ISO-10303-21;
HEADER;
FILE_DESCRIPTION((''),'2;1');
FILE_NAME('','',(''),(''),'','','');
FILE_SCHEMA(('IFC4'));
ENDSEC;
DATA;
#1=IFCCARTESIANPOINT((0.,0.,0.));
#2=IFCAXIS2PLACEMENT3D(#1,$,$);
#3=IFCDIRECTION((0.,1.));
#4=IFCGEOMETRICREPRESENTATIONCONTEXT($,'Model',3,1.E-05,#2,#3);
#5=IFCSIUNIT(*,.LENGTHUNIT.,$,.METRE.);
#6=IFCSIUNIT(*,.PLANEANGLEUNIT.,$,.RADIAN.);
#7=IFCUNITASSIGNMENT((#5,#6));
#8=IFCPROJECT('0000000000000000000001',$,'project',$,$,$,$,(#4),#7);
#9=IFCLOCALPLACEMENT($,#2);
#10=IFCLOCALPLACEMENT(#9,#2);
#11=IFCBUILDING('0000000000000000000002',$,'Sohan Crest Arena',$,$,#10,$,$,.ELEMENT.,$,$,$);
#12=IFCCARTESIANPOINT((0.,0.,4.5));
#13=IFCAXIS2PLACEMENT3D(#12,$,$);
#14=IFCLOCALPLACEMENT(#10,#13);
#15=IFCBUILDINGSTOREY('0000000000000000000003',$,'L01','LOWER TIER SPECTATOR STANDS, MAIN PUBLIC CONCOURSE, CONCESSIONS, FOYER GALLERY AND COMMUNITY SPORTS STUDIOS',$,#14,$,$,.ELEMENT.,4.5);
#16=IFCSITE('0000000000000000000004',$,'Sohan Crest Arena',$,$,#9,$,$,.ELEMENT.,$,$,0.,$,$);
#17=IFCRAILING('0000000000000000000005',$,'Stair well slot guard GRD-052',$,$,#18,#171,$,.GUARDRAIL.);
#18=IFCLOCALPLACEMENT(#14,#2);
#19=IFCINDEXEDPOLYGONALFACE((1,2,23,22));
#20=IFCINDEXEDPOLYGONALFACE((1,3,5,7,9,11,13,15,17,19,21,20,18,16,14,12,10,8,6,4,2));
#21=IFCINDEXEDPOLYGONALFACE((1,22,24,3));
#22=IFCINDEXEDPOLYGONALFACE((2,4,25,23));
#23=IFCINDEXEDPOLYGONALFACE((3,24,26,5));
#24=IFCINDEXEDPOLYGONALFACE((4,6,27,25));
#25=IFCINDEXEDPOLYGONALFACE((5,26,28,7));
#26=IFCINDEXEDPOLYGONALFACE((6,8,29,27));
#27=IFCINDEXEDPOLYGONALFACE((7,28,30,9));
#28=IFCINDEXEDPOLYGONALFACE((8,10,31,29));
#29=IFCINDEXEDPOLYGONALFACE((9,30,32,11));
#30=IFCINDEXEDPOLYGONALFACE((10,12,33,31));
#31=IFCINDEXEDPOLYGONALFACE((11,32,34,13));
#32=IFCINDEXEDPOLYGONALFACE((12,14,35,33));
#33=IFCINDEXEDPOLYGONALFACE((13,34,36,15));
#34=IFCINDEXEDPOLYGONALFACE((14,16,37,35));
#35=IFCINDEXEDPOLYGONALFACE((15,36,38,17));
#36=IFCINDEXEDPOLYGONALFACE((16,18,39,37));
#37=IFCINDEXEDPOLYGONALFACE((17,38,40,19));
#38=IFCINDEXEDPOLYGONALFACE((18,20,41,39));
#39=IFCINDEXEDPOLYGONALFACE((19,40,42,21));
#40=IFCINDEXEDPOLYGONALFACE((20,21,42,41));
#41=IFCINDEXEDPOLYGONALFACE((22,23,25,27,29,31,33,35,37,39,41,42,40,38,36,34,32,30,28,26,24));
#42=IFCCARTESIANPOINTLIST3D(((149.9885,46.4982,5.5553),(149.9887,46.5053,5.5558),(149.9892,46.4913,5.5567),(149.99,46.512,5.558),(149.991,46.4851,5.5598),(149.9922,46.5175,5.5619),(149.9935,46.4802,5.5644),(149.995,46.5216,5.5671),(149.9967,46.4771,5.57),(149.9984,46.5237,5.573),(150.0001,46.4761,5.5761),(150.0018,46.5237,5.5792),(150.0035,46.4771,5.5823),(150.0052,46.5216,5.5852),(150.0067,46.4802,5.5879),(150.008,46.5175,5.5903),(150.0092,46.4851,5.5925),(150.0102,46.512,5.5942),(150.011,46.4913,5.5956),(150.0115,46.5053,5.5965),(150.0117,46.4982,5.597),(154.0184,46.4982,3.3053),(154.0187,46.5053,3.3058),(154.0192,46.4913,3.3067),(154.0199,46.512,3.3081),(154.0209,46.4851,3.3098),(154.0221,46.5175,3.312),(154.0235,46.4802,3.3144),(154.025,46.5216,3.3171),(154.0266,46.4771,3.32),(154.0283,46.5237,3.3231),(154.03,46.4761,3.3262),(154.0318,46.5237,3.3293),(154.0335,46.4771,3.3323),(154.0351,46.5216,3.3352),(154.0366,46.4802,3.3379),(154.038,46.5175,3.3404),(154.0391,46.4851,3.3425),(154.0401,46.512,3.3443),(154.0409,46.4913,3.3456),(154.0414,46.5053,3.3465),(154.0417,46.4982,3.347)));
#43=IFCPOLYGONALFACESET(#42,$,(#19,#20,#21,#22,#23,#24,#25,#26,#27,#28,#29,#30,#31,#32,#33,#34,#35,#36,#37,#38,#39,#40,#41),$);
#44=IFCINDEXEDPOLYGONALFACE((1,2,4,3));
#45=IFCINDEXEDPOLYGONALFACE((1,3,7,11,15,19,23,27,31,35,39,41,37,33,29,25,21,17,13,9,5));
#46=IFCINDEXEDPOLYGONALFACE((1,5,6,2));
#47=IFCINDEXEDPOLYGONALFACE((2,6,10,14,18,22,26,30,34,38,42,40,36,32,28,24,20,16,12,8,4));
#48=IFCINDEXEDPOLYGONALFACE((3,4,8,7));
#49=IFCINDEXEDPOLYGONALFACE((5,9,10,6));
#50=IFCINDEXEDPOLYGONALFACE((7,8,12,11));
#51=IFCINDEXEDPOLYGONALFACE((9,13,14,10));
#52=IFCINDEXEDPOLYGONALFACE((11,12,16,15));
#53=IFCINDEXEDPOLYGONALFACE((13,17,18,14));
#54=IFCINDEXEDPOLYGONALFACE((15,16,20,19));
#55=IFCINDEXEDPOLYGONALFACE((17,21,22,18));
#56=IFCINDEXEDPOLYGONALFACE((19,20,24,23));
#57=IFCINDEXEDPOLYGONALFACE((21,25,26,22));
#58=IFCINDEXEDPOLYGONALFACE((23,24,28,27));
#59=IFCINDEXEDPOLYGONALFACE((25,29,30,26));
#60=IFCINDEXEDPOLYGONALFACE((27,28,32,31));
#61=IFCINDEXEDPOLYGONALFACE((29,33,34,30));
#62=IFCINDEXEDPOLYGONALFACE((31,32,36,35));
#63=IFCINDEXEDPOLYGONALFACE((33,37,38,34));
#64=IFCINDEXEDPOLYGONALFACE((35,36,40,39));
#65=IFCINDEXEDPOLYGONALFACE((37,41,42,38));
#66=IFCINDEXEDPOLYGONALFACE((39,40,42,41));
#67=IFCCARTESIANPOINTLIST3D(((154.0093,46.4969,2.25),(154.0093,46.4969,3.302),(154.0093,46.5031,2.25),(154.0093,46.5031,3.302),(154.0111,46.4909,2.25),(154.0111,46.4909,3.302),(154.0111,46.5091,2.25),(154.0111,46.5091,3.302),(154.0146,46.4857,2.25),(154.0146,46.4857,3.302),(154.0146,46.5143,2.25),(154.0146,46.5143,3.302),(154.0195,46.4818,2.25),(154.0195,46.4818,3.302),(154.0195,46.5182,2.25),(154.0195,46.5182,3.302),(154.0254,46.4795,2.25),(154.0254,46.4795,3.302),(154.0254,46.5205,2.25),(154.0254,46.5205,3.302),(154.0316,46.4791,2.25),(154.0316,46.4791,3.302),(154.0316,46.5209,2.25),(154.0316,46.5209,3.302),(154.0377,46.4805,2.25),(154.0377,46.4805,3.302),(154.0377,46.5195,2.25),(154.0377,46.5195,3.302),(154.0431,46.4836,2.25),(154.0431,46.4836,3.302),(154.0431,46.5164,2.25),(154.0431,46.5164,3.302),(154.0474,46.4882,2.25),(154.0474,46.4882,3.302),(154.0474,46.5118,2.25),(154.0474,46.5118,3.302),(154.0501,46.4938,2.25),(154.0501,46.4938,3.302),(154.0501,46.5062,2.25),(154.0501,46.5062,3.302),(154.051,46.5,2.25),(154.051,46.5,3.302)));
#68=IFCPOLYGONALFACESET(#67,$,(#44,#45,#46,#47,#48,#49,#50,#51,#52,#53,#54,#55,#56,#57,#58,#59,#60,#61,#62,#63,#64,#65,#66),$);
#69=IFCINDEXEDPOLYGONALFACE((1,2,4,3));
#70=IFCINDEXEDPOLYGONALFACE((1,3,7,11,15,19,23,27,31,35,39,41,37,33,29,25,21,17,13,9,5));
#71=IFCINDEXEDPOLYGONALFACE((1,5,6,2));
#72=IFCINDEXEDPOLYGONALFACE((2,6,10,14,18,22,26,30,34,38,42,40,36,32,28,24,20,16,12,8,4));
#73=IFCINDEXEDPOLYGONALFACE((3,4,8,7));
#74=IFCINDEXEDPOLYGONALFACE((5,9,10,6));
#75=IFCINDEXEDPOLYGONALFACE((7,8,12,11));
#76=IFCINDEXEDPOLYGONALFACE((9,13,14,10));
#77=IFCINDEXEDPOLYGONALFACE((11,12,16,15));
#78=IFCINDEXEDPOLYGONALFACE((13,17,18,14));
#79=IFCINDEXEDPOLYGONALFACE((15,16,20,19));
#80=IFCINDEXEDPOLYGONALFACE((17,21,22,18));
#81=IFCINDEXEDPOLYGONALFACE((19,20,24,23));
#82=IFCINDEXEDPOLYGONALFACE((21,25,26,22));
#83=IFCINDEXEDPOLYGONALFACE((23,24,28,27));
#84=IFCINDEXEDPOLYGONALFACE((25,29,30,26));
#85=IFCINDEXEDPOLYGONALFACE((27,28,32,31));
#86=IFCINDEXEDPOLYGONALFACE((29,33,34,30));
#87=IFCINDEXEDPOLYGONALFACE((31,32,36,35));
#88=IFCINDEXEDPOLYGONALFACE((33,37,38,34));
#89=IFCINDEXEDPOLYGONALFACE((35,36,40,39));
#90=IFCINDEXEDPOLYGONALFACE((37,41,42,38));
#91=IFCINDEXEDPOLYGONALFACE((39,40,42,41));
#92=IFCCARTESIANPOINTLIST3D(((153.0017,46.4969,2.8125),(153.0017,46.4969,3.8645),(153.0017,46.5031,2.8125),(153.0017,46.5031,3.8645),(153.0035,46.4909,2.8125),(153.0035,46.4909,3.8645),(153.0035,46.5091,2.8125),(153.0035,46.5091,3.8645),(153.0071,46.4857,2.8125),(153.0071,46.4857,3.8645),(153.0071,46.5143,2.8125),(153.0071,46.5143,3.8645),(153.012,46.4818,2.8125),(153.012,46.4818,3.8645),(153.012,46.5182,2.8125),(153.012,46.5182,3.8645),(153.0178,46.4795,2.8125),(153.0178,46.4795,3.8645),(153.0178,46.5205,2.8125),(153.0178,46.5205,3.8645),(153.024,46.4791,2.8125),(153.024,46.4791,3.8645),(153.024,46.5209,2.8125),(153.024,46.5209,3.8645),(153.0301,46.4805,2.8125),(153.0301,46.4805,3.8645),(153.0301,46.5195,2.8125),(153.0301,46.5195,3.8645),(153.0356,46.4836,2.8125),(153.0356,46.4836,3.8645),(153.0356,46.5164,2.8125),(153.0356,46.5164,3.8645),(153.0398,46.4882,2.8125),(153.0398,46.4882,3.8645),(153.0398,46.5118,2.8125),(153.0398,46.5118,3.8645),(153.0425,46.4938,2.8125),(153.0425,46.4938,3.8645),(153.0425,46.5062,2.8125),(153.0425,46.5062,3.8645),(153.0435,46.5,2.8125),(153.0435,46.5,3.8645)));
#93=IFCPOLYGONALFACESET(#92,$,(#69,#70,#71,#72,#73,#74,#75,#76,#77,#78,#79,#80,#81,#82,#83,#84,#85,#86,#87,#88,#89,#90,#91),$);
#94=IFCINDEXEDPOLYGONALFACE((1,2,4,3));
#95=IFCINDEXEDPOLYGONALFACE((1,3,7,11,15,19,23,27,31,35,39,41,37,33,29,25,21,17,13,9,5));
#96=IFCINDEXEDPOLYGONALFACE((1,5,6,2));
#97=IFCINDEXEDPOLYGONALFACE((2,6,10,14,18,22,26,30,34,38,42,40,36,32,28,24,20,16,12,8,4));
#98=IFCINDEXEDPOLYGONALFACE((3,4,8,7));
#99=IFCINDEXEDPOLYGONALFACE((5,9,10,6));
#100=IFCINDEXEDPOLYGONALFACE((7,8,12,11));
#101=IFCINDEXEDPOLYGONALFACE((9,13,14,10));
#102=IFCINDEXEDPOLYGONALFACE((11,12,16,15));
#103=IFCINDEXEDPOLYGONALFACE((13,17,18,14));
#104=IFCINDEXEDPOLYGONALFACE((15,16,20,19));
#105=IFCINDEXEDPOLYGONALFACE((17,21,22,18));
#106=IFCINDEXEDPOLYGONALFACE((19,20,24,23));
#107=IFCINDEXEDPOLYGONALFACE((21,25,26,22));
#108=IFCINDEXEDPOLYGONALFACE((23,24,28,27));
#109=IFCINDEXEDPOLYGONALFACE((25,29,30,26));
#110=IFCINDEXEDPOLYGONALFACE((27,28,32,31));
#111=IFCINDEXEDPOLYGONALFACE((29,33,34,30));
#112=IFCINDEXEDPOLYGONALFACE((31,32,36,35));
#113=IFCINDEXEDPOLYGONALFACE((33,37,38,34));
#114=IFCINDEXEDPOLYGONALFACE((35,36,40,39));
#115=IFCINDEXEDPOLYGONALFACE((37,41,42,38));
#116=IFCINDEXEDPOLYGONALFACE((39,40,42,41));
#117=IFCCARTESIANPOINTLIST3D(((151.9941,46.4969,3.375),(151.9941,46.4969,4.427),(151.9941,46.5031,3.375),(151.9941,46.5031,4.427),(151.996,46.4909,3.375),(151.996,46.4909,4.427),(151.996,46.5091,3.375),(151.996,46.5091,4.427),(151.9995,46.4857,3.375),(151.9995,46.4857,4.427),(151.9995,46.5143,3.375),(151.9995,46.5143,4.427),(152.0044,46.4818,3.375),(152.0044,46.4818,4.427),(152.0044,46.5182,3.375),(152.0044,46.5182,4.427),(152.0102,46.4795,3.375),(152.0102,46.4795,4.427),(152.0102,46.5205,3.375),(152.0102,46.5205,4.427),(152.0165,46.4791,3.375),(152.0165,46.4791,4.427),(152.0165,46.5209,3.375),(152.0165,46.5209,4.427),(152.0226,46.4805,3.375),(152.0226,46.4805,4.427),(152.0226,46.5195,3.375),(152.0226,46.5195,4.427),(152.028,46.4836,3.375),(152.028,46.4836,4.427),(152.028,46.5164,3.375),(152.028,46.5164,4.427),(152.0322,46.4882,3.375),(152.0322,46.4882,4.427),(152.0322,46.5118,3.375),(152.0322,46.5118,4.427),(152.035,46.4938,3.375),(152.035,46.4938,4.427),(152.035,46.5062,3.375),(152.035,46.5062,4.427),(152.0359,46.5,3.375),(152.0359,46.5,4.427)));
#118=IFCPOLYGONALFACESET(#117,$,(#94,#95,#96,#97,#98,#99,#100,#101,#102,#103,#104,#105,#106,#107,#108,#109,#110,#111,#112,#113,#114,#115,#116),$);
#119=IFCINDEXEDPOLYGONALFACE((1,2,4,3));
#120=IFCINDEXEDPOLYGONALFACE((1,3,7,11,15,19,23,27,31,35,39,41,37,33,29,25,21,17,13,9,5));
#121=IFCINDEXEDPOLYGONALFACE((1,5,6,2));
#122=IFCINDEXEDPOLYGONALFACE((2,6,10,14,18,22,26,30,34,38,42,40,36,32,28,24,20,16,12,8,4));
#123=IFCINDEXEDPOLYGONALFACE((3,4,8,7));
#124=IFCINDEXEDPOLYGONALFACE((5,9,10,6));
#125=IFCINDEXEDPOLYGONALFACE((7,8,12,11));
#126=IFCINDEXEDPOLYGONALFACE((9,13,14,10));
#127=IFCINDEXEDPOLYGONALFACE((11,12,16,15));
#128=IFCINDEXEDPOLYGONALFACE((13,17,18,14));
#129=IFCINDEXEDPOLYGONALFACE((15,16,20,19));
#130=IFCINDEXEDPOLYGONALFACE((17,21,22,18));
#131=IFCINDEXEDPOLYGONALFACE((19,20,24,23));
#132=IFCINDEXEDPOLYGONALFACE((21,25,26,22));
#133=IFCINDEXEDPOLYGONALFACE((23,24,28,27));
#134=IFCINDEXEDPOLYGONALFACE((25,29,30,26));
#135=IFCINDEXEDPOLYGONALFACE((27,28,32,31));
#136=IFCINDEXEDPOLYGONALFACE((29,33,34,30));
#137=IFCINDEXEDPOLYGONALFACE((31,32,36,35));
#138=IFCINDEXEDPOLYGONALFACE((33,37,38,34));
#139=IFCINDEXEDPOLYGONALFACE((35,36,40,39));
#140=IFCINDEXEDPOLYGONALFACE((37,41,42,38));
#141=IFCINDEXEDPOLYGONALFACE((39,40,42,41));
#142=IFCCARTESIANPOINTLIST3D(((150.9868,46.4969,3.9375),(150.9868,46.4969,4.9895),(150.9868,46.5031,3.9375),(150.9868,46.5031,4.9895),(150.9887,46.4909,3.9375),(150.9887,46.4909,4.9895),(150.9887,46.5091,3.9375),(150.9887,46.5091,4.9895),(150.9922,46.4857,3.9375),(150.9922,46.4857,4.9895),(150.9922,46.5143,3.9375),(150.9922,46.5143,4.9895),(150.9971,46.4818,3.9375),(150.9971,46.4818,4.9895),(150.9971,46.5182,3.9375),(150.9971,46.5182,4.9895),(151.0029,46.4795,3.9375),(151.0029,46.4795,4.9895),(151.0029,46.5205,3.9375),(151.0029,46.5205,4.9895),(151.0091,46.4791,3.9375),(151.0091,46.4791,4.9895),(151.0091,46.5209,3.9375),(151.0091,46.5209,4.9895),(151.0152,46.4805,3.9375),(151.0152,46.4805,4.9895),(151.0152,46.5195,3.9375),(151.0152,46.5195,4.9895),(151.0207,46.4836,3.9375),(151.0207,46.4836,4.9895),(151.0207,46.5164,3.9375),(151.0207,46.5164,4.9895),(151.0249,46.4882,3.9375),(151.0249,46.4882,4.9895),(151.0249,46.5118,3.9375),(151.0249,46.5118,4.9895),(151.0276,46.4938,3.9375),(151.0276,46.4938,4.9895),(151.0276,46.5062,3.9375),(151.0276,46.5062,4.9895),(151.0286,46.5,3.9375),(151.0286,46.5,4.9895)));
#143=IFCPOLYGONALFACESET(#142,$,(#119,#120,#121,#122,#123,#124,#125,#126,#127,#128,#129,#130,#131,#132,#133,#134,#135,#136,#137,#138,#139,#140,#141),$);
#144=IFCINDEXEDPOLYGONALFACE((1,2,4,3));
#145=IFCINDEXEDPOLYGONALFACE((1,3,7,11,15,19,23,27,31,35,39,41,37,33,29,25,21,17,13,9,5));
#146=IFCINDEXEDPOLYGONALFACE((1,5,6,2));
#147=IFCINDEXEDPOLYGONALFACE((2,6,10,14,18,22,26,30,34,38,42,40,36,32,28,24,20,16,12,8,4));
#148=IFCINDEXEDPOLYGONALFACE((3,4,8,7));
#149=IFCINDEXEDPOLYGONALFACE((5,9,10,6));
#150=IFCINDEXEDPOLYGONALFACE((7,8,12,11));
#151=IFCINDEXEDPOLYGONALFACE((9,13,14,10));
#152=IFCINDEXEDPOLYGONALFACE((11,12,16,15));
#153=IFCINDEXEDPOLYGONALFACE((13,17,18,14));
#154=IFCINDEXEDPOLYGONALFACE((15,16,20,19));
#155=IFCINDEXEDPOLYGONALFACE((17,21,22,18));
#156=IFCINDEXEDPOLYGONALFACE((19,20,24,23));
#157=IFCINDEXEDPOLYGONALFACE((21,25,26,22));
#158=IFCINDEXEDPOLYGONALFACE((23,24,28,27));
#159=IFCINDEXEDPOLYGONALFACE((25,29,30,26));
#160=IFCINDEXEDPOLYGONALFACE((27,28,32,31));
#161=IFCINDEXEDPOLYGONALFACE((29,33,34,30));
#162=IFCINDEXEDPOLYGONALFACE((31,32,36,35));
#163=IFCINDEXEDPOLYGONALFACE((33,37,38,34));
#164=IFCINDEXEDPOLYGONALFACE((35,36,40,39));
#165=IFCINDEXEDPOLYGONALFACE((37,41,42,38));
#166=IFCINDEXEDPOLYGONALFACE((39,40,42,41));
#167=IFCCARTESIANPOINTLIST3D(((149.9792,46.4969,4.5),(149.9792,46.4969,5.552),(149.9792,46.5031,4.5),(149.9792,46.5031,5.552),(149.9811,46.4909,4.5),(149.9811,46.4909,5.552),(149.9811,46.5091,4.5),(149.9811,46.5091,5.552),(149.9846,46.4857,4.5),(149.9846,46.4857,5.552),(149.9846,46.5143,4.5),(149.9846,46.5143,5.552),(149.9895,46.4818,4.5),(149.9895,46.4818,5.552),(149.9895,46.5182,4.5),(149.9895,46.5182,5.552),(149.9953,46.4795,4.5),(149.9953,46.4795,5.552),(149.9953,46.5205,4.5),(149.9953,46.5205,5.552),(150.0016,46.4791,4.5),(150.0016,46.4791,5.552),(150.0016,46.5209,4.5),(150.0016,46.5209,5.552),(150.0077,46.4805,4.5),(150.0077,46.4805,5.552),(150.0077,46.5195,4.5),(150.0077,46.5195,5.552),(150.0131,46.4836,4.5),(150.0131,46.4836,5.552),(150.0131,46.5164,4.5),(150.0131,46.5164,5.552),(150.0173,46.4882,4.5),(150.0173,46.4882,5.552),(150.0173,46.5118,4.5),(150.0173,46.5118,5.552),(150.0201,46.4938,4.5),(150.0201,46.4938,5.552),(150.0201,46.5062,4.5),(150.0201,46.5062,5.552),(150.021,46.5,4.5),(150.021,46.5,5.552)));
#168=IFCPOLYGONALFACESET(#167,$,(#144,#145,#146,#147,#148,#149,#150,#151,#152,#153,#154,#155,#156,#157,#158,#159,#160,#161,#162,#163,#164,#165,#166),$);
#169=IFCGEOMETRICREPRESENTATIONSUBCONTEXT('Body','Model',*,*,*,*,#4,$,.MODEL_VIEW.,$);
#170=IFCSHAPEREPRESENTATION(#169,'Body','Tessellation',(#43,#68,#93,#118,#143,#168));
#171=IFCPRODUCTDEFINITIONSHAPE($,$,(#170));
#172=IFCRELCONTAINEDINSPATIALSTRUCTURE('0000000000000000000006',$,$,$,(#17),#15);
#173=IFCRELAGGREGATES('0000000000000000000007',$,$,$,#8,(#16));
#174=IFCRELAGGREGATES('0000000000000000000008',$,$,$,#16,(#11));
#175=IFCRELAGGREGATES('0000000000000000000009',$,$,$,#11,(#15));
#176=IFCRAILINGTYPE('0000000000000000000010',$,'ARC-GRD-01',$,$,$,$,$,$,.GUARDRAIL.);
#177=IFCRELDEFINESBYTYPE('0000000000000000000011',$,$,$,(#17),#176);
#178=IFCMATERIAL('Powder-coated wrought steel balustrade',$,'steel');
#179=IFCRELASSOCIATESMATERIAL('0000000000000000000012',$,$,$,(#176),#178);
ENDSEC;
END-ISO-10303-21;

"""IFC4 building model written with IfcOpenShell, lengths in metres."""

from ifc_helpers import new_model, si_unit, direction, frame, origin, origin_2d, place, context, subcontext, project, spatial, circle, extrude, material, type_object, element, save


model = new_model("IFC4")

# Units and contexts
model_context = context("Model", 3, precision=1e-05, world=origin(), true_north=direction((0.0, 1.0)))
body_context = subcontext(model_context, "Body", "Model", "MODEL_VIEW")
ifc_project = project(units=[si_unit("LENGTHUNIT", "METRE"), si_unit("PLANEANGLEUNIT", "RADIAN")], contexts=[model_context])

# Site, building, storey
site_placement = place(None, origin())
site = spatial("IfcSite", under=ifc_project, at=site_placement, Name="Sohan Crest Arena", CompositionType="ELEMENT", RefElevation=0.0)
building_placement = place(site_placement, origin())
building = spatial("IfcBuilding", under=site, at=building_placement, Name="Sohan Crest Arena", CompositionType="ELEMENT")
storey_placement = place(building_placement, frame((0.0, 0.0, 4.5)))
storey = spatial("IfcBuildingStorey", under=building, at=storey_placement, Name="L01", Description="LOWER TIER SPECTATOR STANDS, MAIN PUBLIC CONCOURSE, CONCESSIONS, FOYER GALLERY AND COMMUNITY SPORTS STUDIOS", CompositionType="ELEMENT", Elevation=4.5)

# Railing
ifc_material_1 = material(Name="Powder-coated wrought steel balustrade", Category="steel")
railing_type_1 = type_object("IfcRailingType", Name="ARC-GRD-01", PredefinedType="GUARDRAIL", material=ifc_material_1)
railing_1_placement = place(storey_placement, frame((154.03, 46.5, 2.25)))
element("IfcRailing", 1, at=railing_1_placement, inside=storey, type_object=railing_type_1, Name="Stair well slot guard GRD-052", PredefinedType="GUARDRAIL", context=body_context, shape_type="SweptSolid", body=[
    extrude(circle(Radius=0.0239, at=origin_2d()), frame((0.0, 0.0, 1.0762), z_axis=(-0.873135, 0.0, 0.487479), x_axis=(0.0, -1.0, 0.0)), (0.0, 0.0, 1.0), 4.6155),
    extrude(circle(Radius=0.021, at=origin_2d()), origin(), (0.0, 0.0, 1.0), 1.052),
    extrude(circle(Radius=0.021, at=origin_2d()), frame((-1.0076, 0.0, 0.5625)), (0.0, 0.0, 1.0), 1.052),
    extrude(circle(Radius=0.021, at=origin_2d()), frame((-2.0151, 0.0, 1.125)), (0.0, 0.0, 1.0), 1.052),
    extrude(circle(Radius=0.021, at=origin_2d()), frame((-3.0225, 0.0, 1.6875)), (0.0, 0.0, 1.0), 1.052),
    extrude(circle(Radius=0.021, at=origin_2d()), frame((-4.03, 0.0, 2.25)), (0.0, 0.0, 1.0), 1.052),
])

save(model, "model.ifc")
